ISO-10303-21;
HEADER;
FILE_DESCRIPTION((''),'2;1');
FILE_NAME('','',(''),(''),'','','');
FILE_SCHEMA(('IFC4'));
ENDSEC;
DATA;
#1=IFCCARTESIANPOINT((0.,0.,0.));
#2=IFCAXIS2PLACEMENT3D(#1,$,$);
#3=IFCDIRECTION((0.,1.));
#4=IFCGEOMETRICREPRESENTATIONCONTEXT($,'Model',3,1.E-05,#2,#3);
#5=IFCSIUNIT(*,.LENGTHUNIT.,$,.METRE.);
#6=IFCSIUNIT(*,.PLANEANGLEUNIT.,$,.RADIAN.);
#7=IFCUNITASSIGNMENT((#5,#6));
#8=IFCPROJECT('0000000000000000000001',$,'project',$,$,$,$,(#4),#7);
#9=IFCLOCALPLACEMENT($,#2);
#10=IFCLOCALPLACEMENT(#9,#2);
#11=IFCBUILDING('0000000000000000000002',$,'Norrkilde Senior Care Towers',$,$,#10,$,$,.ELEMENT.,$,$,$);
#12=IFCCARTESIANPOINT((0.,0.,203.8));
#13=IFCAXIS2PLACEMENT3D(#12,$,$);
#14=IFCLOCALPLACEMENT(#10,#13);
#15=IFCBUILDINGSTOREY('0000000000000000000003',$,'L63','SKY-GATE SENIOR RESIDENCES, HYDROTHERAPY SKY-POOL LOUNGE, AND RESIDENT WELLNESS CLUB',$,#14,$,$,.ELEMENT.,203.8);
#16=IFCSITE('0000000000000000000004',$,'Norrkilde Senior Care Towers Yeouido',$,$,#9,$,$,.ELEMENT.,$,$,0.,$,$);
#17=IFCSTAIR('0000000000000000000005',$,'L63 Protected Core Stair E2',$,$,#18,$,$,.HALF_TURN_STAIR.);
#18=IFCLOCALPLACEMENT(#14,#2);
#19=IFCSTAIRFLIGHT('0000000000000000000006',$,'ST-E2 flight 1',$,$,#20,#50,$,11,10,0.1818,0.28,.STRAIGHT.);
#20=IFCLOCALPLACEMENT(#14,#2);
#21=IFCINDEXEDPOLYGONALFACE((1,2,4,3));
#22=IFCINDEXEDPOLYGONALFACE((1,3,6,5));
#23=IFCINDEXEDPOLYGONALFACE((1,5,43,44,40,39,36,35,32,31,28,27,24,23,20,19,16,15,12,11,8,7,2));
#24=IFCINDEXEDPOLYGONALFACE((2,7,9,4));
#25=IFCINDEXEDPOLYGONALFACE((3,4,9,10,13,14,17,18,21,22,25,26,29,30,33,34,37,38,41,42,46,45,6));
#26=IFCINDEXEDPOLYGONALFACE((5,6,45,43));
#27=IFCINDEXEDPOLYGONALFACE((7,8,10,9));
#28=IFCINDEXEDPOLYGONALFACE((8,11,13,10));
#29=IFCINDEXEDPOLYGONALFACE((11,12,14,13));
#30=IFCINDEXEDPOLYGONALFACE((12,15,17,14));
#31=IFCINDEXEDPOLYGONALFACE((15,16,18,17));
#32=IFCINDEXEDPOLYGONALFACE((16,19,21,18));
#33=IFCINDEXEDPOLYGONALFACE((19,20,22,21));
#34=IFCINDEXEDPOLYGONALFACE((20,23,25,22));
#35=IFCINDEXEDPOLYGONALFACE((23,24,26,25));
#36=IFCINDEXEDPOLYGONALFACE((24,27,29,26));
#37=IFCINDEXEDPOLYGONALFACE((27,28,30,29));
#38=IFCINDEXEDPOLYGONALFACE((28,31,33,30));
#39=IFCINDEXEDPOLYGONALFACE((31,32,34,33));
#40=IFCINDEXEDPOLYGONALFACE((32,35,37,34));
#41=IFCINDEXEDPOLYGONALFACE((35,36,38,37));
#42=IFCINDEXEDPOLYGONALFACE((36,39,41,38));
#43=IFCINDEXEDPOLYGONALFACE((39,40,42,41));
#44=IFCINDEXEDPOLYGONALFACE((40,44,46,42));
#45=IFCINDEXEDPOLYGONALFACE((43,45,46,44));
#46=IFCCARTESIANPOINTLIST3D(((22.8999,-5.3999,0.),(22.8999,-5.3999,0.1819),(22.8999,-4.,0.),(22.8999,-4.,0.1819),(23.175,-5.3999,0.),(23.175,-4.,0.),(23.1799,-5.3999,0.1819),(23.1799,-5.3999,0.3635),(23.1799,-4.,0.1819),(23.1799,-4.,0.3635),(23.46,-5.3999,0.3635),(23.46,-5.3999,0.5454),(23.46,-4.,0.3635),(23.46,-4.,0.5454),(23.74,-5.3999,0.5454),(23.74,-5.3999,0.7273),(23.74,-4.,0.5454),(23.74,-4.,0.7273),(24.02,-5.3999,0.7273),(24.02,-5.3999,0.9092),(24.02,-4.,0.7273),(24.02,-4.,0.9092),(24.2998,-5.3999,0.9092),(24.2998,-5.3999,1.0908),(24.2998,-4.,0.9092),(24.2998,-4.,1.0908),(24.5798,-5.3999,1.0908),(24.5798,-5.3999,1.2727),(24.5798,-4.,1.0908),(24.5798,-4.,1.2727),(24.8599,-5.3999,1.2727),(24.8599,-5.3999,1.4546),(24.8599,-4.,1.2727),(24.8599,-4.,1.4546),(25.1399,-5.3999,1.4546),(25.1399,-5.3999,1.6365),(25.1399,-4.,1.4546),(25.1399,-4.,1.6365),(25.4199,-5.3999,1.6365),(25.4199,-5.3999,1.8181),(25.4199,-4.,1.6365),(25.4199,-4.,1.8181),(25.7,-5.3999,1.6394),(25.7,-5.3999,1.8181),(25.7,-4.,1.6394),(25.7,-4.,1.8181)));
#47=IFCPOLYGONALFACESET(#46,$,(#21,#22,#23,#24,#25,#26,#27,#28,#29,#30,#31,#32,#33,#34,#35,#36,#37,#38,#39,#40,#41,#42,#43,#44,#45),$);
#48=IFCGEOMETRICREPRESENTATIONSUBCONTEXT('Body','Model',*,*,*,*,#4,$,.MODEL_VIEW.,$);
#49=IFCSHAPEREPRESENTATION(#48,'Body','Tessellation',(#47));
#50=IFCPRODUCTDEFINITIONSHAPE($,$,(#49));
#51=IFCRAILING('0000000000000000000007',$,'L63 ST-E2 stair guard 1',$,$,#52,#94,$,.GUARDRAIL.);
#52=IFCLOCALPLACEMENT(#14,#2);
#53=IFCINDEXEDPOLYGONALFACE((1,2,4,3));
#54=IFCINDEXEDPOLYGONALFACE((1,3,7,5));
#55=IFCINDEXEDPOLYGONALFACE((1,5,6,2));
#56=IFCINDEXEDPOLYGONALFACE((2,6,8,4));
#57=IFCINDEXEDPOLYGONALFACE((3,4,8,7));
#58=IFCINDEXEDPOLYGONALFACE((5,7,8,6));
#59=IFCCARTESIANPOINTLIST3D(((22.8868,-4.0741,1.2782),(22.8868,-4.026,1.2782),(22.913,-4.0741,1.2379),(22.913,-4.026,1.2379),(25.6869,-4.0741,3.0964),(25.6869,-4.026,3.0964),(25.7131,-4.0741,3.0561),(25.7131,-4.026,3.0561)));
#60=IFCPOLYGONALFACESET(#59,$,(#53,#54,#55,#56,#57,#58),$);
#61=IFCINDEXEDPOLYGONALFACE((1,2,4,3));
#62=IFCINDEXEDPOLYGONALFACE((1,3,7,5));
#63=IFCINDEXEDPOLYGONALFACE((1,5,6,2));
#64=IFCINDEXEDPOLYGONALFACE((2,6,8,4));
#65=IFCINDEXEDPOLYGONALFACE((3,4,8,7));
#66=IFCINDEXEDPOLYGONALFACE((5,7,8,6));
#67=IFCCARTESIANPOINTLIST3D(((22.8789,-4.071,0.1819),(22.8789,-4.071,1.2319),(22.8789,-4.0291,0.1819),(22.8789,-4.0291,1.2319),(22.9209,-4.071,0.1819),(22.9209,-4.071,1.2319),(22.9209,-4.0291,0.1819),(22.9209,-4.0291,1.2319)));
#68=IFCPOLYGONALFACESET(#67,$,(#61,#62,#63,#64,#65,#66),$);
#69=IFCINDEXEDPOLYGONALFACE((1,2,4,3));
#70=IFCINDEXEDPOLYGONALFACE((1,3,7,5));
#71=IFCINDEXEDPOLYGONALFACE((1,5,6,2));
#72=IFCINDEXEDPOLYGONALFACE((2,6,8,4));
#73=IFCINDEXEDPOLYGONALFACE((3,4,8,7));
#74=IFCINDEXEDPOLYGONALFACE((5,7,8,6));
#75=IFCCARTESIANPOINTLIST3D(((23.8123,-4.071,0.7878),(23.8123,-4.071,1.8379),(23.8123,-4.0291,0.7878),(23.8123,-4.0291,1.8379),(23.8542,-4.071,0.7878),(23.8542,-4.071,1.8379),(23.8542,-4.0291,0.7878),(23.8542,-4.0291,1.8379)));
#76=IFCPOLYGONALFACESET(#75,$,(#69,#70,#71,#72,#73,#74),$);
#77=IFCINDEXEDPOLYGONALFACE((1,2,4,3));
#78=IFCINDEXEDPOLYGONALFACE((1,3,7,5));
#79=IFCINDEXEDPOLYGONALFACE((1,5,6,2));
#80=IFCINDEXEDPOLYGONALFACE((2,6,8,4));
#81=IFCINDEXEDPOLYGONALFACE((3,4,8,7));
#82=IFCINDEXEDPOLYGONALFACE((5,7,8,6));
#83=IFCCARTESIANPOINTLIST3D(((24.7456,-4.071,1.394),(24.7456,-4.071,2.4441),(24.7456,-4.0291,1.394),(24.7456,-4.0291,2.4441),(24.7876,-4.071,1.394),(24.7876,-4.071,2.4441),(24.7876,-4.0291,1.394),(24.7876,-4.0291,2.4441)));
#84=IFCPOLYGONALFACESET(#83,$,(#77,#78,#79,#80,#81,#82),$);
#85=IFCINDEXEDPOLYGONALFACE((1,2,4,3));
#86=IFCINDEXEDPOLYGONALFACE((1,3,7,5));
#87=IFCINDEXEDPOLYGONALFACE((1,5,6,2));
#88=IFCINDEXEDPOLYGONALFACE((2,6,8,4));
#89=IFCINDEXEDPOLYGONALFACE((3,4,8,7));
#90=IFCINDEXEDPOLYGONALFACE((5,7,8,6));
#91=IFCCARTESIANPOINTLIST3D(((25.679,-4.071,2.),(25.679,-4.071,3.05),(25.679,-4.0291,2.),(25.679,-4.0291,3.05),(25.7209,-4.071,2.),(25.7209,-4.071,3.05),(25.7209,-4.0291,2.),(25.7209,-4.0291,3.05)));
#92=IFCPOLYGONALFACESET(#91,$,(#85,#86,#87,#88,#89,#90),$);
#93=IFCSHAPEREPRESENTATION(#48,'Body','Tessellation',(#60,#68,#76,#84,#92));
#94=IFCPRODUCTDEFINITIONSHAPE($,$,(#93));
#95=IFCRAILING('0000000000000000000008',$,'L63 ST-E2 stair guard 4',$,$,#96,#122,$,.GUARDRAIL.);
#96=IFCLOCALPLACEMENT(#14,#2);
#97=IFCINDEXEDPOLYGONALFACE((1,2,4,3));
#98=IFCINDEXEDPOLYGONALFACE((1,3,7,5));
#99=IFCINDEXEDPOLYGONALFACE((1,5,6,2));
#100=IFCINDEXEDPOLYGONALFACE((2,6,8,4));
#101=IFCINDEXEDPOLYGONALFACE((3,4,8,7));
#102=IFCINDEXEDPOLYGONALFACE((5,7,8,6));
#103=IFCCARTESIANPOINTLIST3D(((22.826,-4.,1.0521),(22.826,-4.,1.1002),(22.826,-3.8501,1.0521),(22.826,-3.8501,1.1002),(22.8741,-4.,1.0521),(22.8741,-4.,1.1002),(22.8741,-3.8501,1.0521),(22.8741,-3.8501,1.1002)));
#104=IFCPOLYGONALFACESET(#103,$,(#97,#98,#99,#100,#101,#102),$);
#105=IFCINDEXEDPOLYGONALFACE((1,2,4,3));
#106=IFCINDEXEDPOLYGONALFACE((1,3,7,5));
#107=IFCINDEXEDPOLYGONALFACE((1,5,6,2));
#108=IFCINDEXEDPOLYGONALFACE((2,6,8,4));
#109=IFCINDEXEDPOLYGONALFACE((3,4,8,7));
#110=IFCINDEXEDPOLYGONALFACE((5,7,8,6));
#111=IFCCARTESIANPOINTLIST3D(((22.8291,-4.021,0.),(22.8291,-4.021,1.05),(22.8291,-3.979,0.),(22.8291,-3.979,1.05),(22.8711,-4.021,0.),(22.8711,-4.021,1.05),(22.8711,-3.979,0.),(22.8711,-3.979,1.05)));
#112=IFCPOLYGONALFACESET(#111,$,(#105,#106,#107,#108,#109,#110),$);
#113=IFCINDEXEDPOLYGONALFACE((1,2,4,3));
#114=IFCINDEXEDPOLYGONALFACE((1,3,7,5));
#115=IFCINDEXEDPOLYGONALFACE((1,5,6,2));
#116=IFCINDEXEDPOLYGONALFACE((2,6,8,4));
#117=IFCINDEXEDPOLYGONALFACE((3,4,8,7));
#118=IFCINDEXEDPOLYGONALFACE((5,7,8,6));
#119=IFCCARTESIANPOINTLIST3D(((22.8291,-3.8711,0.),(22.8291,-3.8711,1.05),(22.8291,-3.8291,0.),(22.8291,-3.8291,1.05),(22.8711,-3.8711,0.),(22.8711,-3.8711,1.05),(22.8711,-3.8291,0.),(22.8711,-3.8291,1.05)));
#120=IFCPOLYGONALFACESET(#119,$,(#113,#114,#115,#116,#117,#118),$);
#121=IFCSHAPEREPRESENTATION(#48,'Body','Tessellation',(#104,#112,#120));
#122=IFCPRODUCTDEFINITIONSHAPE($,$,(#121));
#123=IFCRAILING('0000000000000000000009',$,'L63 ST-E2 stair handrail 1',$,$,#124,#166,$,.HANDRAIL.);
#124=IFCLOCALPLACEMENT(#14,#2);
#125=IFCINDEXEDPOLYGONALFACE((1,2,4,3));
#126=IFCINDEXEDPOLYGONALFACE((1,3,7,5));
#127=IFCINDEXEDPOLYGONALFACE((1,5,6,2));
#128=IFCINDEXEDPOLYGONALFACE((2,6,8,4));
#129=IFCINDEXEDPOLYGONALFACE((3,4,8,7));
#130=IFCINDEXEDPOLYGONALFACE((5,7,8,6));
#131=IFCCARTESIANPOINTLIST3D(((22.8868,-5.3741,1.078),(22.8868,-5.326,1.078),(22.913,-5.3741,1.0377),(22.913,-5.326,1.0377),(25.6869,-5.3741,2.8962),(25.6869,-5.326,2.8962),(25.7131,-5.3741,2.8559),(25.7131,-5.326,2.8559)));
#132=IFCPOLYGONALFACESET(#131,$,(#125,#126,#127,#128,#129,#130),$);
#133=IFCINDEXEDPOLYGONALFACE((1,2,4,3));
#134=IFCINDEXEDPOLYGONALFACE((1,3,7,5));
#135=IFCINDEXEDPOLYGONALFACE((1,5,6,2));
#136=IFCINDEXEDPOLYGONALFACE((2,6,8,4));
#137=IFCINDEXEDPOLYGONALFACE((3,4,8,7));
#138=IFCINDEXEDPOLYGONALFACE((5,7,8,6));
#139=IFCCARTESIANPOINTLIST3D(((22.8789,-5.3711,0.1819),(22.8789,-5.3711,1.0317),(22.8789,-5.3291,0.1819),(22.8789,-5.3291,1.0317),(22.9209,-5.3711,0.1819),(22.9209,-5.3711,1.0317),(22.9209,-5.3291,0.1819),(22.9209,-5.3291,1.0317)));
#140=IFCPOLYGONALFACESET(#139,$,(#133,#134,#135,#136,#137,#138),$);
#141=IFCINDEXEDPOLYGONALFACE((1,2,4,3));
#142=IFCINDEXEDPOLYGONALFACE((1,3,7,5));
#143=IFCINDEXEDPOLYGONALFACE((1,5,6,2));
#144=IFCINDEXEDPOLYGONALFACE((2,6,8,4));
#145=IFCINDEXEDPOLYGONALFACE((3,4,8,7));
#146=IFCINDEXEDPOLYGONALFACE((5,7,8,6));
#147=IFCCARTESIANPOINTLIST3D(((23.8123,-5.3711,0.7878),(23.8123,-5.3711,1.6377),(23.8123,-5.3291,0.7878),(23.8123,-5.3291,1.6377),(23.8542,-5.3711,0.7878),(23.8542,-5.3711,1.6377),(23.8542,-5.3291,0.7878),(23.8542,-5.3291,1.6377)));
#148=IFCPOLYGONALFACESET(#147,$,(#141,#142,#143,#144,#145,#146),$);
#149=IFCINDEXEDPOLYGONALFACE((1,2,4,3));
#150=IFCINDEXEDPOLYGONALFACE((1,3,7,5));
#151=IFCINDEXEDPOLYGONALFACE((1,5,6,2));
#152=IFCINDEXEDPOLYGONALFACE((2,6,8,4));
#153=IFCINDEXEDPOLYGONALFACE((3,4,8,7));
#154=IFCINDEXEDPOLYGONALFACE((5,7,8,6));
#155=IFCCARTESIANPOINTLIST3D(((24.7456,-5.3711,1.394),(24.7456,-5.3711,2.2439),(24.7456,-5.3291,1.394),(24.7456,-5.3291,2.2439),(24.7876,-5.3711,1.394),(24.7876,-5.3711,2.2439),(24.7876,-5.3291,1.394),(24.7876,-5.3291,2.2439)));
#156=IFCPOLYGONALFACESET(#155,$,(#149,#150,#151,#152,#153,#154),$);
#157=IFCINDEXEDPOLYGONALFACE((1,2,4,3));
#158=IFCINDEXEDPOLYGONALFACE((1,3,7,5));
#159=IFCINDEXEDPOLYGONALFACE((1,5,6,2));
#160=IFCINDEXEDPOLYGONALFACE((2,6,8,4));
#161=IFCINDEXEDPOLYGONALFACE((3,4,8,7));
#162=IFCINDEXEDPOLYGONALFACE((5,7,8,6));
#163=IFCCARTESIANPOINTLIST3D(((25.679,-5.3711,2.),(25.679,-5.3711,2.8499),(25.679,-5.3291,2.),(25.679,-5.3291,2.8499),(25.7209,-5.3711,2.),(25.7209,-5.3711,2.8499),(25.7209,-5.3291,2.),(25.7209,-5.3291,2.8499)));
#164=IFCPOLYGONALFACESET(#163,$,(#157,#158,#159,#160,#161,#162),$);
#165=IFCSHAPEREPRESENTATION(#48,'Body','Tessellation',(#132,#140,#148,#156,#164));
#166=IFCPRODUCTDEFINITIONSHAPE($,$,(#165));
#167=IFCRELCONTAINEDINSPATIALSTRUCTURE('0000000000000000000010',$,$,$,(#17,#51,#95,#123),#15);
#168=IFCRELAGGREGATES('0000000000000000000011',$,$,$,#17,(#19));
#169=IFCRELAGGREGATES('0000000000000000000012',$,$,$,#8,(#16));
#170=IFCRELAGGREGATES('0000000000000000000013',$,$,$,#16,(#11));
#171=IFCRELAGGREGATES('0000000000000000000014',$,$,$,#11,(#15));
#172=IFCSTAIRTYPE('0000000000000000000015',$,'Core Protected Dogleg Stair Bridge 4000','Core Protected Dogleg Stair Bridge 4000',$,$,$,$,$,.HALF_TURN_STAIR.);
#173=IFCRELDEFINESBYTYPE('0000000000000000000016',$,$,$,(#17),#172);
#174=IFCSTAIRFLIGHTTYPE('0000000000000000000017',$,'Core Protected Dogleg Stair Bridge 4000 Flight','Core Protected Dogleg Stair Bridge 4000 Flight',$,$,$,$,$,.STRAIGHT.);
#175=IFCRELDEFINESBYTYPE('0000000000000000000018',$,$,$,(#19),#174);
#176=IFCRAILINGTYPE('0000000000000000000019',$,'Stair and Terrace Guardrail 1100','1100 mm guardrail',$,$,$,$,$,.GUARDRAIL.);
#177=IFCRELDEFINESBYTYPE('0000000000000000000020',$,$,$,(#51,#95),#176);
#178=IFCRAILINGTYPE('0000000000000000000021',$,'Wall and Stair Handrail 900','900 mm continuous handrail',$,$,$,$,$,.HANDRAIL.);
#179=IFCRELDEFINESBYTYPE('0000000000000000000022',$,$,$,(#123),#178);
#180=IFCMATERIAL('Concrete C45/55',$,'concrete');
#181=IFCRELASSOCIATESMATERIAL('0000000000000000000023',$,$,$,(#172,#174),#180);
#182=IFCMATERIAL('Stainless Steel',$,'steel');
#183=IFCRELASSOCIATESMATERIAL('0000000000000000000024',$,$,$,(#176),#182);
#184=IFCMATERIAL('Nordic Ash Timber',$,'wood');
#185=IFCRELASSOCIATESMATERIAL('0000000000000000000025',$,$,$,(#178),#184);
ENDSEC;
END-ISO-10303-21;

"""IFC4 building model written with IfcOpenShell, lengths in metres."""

from ifc_helpers import new_model, si_unit, direction, frame, origin, origin_2d, place, context, subcontext, project, spatial, polyline, rectangle, outline, extrude, material, type_object, element, aggregate, save


model = new_model("IFC4")

# Units and contexts
model_context = context("Model", 3, precision=1e-05, world=origin(), true_north=direction((0.0, 1.0)))
body_context = subcontext(model_context, "Body", "Model", "MODEL_VIEW")
ifc_project = project(units=[si_unit("LENGTHUNIT", "METRE"), si_unit("PLANEANGLEUNIT", "RADIAN")], contexts=[model_context])

# Site, building, storey
site_placement = place(None, origin())
site = spatial("IfcSite", under=ifc_project, at=site_placement, Name="Norrkilde Senior Care Towers Yeouido", CompositionType="ELEMENT", RefElevation=0.0)
building_placement = place(site_placement, origin())
building = spatial("IfcBuilding", under=site, at=building_placement, Name="Norrkilde Senior Care Towers", CompositionType="ELEMENT")
storey_placement = place(building_placement, frame((0.0, 0.0, 203.8)))
storey = spatial("IfcBuildingStorey", under=building, at=storey_placement, Name="L63", Description="SKY-GATE SENIOR RESIDENCES, HYDROTHERAPY SKY-POOL LOUNGE, AND RESIDENT WELLNESS CLUB", CompositionType="ELEMENT", Elevation=203.8)

# Shared definitions
ifc_material_1 = material(Name="Concrete C45/55", Category="concrete")

# Shared definitions
ifc_material_2 = material(Name="Nordic Ash Timber", Category="wood")

# Stair, stair flight
stair_type = type_object("IfcStairType", Name="Core Protected Dogleg Stair Bridge 4000", Description="Core Protected Dogleg Stair Bridge 4000", PredefinedType="HALF_TURN_STAIR", material=ifc_material_1)
stair_placement = place(storey_placement, origin())
stair = element("IfcStair", 1, at=stair_placement, inside=storey, type_object=stair_type, Name="L63 Protected Core Stair E2", PredefinedType="HALF_TURN_STAIR")
stair_flight_type = type_object("IfcStairFlightType", Name="Core Protected Dogleg Stair Bridge 4000 Flight", Description="Core Protected Dogleg Stair Bridge 4000 Flight", PredefinedType="STRAIGHT", material=ifc_material_1)
stair_flight_placement = place(storey_placement, frame((22.8999, -4.7, 0.0), z_axis=(0.0, 0.0, 1.0), x_axis=(1.0, 0.0, 0.0)))
stair_flight = element("IfcStairFlight", 2, at=stair_flight_placement, type_object=stair_flight_type, Name="ST-E2 flight 1", NumberOfRisers=11, NumberOfTreads=10, PredefinedType="STRAIGHT", RiserHeight=0.1818, TreadLength=0.28, context=body_context, shape_type="SweptSolid", body=[
    extrude(outline(polyline([(0.0, 0.0), (0.0, 0.1819), (0.28, 0.1819), (0.28, 0.3635), (0.5601, 0.3635), (0.5601, 0.5454), (0.8401, 0.5454), (0.8401, 0.7273), (1.1201, 0.7273), (1.1201, 0.9092), (1.3999, 0.9092), (1.3999, 1.0908), (1.6799, 1.0908), (1.6799, 1.2727), (1.96, 1.2727), (1.96, 1.4546), (2.24, 1.4546), (2.24, 1.6365), (2.52, 1.6365), (2.52, 1.8181), (2.8, 1.8181), (2.8, 2.0), (2.8, 1.6394), (0.2751, 0.0), (0.0, 0.0)])), frame((0.0, 0.7, 0.0), z_axis=(0.0, -1.0, 0.0), x_axis=(1.0, 0.0, 0.0)), (0.0, 0.0, 1.0), 1.3999),
])
aggregate(stair, [stair_flight])

# Railings
ifc_material_3 = material(Name="Stainless Steel", Category="steel")
railing_type_1 = type_object("IfcRailingType", Name="Stair and Terrace Guardrail 1100", Description="1100 mm guardrail", PredefinedType="GUARDRAIL", material=ifc_material_3)
railing_1_placement = place(storey_placement, frame((22.8999, -4.05, 0.1819)))
element("IfcRailing", 3, at=railing_1_placement, inside=storey, type_object=railing_type_1, Name="L63 ST-E2 stair guard 1", PredefinedType="GUARDRAIL", context=body_context, shape_type="SweptSolid", body=[
    extrude(rectangle(XDim=0.0481, YDim=0.0481, at=origin_2d()), frame((0.0, 0.0, 1.0762), z_axis=(0.838706, 0.0, 0.544585), x_axis=(0.0, 1.0, 0.0)), (0.0, 0.0, 1.0), 3.3386),
    extrude(rectangle(XDim=0.042, YDim=0.042, at=origin_2d()), origin(), (0.0, 0.0, 1.0), 1.05),
    extrude(rectangle(XDim=0.042, YDim=0.042, at=origin_2d()), frame((0.9333, 0.0, 0.606)), (0.0, 0.0, 1.0), 1.05),
    extrude(rectangle(XDim=0.042, YDim=0.042, at=origin_2d()), frame((1.8667, 0.0, 1.2122)), (0.0, 0.0, 1.0), 1.05),
    extrude(rectangle(XDim=0.042, YDim=0.042, at=origin_2d()), frame((2.8, 0.0, 1.8181)), (0.0, 0.0, 1.0), 1.05),
])
railing_2_placement = place(storey_placement, frame((22.8501, -4.0, 0.0)))
element("IfcRailing", 4, at=railing_2_placement, inside=storey, type_object=railing_type_1, Name="L63 ST-E2 stair guard 4", PredefinedType="GUARDRAIL", context=body_context, shape_type="SweptSolid", body=[
    extrude(rectangle(XDim=0.0481, YDim=0.0481, at=origin_2d()), frame((0.0, 0.0, 1.0762), z_axis=(0.0, 1.0, 0.0), x_axis=(-1.0, 0.0, 0.0)), (0.0, 0.0, 1.0), 0.1499),
    extrude(rectangle(XDim=0.042, YDim=0.042, at=origin_2d()), origin(), (0.0, 0.0, 1.0), 1.05),
    extrude(rectangle(XDim=0.042, YDim=0.042, at=origin_2d()), frame((0.0, 0.1499, 0.0)), (0.0, 0.0, 1.0), 1.05),
])
railing_type_2 = type_object("IfcRailingType", Name="Wall and Stair Handrail 900", Description="900 mm continuous handrail", PredefinedType="HANDRAIL", material=ifc_material_2)
railing_3_placement = place(storey_placement, frame((22.8999, -5.3501, 0.1819)))
element("IfcRailing", 5, at=railing_3_placement, inside=storey, type_object=railing_type_2, Name="L63 ST-E2 stair handrail 1", PredefinedType="HANDRAIL", context=body_context, shape_type="SweptSolid", body=[
    extrude(rectangle(XDim=0.0481, YDim=0.0481, at=origin_2d()), frame((0.0, 0.0, 0.876), z_axis=(0.838706, 0.0, 0.544585), x_axis=(0.0, 1.0, 0.0)), (0.0, 0.0, 1.0), 3.3386),
    extrude(rectangle(XDim=0.042, YDim=0.042, at=origin_2d()), origin(), (0.0, 0.0, 1.0), 0.8499),
    extrude(rectangle(XDim=0.042, YDim=0.042, at=origin_2d()), frame((0.9333, 0.0, 0.606)), (0.0, 0.0, 1.0), 0.8499),
    extrude(rectangle(XDim=0.042, YDim=0.042, at=origin_2d()), frame((1.8667, 0.0, 1.2122)), (0.0, 0.0, 1.0), 0.8499),
    extrude(rectangle(XDim=0.042, YDim=0.042, at=origin_2d()), frame((2.8, 0.0, 1.8181)), (0.0, 0.0, 1.0), 0.8499),
])

save(model, "model.ifc")
